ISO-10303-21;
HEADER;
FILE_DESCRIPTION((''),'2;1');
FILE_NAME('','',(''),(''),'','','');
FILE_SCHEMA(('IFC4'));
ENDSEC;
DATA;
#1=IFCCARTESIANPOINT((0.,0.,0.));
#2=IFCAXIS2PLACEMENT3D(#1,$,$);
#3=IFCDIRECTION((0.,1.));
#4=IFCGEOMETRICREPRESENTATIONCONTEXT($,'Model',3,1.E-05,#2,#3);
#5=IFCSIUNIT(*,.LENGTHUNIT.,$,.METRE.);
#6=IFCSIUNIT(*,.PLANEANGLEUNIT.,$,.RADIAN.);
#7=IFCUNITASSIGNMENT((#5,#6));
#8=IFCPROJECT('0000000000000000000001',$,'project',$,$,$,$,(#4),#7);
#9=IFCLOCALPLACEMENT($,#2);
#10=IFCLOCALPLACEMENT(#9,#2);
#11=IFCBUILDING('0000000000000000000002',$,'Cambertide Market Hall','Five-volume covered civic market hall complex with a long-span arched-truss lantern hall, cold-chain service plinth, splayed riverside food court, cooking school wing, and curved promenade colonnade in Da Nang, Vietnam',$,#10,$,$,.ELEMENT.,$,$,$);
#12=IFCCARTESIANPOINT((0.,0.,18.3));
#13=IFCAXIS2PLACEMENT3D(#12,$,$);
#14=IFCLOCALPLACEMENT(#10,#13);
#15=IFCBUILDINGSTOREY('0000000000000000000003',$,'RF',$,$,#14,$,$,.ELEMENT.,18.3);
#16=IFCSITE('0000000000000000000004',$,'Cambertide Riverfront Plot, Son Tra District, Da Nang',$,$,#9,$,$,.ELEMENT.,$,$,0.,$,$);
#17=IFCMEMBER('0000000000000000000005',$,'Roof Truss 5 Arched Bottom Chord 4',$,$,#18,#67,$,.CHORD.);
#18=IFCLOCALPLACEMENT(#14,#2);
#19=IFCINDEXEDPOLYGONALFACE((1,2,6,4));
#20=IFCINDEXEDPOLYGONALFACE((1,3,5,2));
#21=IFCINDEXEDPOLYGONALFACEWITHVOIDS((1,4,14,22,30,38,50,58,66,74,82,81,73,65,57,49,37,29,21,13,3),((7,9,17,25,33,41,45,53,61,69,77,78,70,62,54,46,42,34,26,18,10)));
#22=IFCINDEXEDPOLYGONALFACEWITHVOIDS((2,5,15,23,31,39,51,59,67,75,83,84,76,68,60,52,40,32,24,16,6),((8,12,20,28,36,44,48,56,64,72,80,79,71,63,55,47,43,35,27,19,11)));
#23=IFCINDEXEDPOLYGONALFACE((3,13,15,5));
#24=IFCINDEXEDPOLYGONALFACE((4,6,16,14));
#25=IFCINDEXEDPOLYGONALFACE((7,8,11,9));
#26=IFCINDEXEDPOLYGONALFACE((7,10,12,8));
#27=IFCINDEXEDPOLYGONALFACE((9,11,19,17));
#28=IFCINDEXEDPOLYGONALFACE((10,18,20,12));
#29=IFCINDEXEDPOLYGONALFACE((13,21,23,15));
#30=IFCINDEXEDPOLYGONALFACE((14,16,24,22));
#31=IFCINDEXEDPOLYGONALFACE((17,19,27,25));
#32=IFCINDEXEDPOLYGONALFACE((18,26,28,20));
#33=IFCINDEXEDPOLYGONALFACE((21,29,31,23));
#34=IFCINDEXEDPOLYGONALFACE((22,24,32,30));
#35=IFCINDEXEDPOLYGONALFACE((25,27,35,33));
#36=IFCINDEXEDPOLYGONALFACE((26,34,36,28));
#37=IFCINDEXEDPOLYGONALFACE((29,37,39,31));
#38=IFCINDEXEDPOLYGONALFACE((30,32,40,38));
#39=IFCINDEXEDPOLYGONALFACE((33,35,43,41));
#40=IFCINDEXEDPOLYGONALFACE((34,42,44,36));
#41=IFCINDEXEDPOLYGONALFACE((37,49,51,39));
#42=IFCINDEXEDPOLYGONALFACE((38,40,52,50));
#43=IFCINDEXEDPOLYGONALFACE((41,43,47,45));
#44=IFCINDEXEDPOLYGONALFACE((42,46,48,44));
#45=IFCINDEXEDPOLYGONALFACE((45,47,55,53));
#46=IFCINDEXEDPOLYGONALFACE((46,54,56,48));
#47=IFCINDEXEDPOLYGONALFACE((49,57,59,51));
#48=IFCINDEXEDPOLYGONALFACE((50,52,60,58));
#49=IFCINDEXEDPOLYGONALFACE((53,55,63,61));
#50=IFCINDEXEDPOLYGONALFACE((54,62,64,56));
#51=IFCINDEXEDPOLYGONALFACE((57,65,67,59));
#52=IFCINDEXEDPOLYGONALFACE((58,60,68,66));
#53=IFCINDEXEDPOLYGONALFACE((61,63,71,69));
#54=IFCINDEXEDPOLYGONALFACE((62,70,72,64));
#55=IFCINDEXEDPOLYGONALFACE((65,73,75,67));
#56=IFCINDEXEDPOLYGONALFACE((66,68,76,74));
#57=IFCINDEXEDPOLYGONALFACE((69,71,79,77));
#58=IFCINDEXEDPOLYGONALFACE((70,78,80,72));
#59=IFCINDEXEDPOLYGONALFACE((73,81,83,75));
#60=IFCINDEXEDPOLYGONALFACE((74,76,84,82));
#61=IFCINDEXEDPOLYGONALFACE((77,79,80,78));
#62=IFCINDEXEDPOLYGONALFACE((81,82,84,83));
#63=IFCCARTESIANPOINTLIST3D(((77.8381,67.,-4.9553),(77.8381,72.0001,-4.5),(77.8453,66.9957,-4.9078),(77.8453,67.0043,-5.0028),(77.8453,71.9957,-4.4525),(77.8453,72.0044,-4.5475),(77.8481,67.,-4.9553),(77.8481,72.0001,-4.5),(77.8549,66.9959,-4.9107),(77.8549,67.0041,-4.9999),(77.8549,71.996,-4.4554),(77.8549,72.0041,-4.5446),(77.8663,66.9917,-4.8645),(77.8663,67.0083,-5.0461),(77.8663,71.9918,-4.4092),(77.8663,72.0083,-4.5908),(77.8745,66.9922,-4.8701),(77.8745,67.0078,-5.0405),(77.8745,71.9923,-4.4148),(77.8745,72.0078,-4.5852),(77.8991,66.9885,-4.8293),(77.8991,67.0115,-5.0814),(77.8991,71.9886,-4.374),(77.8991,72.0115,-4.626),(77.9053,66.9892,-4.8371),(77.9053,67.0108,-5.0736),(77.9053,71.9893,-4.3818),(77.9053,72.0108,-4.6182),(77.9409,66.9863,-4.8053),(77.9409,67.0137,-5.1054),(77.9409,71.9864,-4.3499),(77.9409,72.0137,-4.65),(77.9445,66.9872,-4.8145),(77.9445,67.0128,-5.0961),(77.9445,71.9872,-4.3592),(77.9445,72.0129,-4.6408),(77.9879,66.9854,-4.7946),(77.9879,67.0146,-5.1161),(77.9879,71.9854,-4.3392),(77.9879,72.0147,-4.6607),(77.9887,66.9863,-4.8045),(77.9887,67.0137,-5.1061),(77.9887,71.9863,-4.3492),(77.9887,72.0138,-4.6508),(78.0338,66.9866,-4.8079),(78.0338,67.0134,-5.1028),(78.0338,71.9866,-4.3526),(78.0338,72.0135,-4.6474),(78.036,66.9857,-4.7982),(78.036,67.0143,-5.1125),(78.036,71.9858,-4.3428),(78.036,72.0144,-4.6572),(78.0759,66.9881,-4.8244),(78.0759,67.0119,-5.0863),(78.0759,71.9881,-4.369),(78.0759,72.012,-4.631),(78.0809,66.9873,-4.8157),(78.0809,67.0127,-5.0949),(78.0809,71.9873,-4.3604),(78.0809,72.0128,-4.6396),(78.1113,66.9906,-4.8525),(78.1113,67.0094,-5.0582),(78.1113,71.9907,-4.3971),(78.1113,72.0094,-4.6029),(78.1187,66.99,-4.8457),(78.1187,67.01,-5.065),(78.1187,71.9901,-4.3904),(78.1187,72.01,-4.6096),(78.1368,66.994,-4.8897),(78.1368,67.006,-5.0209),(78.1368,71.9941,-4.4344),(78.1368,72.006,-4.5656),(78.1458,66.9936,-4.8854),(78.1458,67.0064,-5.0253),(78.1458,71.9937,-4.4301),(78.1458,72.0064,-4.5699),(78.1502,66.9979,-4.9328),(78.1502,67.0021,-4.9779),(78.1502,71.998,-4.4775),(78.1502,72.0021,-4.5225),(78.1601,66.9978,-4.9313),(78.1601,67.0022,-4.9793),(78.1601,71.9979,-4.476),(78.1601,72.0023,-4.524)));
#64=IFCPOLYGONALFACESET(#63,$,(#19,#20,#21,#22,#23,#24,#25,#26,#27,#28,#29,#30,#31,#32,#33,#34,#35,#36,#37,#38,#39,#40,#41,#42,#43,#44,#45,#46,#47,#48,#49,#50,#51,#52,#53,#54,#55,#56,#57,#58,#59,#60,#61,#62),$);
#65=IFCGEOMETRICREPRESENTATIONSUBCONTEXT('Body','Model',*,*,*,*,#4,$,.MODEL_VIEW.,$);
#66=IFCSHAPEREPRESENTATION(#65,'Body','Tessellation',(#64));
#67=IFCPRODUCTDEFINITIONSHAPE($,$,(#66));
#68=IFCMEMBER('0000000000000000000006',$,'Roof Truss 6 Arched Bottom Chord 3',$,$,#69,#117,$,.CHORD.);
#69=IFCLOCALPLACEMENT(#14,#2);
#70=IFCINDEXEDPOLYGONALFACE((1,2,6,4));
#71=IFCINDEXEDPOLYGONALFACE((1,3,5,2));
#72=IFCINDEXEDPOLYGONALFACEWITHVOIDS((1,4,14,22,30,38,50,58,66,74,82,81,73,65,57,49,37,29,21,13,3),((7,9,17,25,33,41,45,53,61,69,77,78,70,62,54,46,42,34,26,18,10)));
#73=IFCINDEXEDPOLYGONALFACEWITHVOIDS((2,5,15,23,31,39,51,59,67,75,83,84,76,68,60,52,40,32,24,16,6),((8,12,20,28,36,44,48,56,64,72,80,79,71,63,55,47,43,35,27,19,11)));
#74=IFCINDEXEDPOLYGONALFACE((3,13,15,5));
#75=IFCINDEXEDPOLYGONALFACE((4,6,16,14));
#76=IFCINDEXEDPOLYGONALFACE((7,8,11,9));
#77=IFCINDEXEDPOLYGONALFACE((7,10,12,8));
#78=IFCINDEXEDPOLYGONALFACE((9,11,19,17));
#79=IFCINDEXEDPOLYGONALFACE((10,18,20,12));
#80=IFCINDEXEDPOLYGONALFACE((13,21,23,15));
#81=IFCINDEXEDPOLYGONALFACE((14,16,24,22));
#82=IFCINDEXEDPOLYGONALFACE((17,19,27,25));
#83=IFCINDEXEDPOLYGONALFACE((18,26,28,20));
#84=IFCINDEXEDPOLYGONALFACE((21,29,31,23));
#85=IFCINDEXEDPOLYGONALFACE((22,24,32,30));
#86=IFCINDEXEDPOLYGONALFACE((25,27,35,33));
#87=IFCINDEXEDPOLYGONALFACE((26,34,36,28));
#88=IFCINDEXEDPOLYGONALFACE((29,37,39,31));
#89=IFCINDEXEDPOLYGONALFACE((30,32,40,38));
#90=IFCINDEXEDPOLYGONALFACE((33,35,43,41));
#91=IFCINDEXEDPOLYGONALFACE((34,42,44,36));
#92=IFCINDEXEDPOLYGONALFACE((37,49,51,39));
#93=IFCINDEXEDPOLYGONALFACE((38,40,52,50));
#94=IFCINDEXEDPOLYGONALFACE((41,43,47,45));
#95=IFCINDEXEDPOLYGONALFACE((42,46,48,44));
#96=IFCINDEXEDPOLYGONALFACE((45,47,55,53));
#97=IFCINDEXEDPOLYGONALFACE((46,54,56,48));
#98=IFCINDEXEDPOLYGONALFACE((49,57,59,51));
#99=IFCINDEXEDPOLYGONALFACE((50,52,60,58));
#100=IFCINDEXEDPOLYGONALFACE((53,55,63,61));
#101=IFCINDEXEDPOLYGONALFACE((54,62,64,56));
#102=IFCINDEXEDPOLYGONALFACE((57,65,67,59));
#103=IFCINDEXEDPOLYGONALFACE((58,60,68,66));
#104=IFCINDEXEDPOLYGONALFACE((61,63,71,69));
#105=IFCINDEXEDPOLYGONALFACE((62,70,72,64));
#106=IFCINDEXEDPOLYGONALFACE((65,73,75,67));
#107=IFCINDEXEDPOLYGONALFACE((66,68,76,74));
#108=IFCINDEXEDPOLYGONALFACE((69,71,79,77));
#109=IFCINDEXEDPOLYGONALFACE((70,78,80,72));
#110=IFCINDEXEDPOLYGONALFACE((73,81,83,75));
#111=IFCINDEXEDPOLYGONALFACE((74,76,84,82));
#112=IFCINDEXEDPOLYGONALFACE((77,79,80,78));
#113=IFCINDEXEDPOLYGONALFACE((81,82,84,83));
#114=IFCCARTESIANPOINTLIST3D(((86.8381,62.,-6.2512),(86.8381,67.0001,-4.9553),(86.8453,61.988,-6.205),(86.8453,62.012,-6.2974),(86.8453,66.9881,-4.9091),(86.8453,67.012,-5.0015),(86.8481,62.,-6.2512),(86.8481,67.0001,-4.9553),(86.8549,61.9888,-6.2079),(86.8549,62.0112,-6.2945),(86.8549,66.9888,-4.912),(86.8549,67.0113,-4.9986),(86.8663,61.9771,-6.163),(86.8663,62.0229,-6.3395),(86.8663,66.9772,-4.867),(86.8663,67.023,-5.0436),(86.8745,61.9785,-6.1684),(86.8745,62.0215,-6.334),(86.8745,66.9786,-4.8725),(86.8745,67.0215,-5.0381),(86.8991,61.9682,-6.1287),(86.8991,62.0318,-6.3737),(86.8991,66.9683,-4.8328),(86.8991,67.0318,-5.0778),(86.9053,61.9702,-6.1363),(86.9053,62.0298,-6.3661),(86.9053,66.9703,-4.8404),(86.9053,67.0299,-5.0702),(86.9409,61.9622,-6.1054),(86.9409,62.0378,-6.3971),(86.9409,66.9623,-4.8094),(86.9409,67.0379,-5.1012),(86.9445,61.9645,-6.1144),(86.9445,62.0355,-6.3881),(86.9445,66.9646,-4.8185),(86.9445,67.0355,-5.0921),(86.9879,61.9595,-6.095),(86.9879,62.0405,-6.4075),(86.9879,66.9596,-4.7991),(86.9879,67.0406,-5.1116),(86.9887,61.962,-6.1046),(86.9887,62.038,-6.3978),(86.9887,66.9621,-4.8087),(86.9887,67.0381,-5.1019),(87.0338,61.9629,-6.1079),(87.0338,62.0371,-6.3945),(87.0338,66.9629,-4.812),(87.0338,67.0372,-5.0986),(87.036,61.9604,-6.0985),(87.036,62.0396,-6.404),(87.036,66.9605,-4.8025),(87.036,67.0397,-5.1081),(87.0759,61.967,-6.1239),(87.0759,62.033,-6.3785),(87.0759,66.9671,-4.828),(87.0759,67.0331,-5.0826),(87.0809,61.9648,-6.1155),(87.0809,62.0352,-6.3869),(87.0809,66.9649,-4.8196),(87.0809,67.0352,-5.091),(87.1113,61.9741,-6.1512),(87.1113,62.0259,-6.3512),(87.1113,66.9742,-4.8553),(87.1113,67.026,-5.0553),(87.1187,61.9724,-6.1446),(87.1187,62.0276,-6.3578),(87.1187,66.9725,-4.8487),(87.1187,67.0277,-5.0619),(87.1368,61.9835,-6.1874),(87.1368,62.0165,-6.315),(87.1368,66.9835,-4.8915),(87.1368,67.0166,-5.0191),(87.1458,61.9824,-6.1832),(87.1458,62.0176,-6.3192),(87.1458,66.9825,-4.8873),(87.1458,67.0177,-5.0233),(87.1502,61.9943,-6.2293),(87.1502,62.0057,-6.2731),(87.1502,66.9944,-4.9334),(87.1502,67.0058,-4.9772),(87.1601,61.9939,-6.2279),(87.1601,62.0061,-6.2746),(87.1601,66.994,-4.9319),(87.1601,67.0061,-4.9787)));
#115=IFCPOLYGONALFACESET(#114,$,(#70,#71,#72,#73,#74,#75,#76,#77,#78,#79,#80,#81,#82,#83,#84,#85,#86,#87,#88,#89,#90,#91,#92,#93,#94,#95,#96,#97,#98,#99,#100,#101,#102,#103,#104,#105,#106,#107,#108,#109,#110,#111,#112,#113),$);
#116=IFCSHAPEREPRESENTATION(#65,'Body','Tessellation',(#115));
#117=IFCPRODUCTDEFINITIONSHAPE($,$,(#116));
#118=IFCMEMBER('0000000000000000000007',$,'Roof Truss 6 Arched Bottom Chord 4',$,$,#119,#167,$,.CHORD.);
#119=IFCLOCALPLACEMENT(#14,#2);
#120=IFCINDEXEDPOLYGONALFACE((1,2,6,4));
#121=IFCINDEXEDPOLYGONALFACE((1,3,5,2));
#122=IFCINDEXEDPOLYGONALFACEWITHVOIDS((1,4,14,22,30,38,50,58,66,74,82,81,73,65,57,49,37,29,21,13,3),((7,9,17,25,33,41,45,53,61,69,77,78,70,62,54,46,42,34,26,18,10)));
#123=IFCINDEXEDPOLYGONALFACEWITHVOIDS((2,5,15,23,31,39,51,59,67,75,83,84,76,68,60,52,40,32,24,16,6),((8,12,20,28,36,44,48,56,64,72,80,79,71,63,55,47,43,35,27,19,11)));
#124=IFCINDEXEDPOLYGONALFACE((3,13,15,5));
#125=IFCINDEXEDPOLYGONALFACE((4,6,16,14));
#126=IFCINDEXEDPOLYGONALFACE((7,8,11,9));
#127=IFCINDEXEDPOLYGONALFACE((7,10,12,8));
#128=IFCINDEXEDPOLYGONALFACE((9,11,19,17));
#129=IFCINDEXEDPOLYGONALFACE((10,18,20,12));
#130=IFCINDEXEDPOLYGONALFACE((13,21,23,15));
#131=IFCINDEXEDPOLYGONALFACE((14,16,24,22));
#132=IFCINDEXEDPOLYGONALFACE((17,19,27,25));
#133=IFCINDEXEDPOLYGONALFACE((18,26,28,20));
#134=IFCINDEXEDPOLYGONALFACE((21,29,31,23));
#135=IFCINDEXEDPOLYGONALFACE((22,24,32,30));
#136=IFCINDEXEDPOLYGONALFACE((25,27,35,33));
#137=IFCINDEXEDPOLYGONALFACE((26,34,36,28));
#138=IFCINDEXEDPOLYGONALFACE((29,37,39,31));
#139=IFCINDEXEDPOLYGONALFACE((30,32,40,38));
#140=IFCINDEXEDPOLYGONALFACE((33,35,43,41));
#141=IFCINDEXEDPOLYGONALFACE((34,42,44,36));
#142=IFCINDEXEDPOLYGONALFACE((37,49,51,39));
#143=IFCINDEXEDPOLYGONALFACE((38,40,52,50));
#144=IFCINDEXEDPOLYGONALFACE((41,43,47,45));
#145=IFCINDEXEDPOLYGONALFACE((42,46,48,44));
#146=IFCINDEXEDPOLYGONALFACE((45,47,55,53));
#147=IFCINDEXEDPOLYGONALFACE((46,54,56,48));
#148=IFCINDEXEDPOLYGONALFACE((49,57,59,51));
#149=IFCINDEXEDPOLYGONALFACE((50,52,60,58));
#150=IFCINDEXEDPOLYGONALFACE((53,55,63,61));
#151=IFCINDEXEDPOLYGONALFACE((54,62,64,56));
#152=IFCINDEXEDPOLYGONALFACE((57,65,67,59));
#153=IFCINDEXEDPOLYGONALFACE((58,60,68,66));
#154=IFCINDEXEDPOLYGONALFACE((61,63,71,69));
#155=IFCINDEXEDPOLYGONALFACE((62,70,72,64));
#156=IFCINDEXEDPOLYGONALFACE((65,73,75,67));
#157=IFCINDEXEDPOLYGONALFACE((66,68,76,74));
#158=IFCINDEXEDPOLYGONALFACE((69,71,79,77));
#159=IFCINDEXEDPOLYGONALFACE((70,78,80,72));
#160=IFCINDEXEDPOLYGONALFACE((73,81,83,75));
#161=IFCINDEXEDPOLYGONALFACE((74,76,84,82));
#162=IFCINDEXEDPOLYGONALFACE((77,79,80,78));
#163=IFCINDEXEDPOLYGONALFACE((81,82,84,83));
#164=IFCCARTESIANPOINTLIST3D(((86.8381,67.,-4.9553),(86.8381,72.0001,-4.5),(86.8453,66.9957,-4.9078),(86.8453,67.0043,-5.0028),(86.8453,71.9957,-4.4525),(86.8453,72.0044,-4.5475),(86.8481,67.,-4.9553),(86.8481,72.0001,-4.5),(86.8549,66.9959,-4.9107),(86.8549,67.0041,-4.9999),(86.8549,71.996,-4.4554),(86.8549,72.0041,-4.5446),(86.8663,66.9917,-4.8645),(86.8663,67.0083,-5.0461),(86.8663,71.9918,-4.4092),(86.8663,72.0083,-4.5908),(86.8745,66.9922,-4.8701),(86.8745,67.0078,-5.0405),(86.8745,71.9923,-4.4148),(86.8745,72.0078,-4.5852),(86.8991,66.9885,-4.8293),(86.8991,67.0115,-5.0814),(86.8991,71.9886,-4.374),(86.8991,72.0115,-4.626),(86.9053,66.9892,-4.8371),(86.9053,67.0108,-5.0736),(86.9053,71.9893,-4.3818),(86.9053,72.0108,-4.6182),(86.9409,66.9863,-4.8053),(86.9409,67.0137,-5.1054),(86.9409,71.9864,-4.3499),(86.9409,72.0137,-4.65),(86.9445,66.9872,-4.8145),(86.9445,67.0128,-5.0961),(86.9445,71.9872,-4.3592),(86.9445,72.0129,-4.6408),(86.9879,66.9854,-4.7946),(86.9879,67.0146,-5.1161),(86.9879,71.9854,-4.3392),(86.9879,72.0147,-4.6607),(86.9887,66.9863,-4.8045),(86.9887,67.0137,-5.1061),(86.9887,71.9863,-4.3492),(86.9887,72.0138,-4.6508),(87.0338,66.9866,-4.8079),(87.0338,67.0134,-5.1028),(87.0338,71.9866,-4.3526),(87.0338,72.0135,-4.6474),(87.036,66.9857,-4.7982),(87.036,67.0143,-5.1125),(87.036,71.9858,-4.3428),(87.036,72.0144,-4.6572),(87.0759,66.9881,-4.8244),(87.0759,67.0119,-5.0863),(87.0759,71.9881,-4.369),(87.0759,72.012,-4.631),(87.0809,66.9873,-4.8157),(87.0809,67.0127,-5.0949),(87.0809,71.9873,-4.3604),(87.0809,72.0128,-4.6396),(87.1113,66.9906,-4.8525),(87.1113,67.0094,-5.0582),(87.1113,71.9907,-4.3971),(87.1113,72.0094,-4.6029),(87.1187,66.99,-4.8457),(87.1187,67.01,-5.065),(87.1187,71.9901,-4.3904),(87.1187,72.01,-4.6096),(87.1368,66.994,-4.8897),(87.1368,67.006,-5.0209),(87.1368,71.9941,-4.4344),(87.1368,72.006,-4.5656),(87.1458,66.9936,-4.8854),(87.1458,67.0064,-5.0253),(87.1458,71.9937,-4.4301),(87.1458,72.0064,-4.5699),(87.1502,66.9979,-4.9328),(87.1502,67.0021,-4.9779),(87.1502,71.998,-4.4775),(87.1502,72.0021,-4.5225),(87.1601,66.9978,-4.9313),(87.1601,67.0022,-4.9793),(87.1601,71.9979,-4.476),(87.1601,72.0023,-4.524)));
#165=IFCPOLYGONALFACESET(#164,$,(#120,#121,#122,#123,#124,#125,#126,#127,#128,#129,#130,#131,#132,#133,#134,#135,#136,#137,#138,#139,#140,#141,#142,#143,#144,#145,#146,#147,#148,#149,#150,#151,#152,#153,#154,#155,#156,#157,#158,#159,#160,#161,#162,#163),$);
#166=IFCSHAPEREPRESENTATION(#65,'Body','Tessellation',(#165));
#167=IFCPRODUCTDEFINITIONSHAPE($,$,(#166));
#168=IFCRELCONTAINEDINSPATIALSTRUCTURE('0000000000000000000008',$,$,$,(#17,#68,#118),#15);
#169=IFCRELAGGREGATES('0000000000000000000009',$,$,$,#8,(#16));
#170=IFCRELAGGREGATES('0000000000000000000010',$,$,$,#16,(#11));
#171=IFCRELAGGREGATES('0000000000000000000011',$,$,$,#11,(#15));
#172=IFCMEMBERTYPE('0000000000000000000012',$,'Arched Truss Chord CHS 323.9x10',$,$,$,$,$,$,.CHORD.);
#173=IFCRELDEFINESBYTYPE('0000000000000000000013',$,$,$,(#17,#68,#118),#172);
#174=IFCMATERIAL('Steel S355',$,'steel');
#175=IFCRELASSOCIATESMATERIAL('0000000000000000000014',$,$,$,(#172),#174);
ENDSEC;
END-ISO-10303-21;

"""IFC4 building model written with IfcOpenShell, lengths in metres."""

from ifc_helpers import new_model, si_unit, direction, frame, origin, origin_2d, place, context, subcontext, project, spatial, hollow_circle, extrude, material, material_profile, profile_set, type_object, element, save


model = new_model("IFC4")

# Units and contexts
model_context = context("Model", 3, precision=1e-05, world=origin(), true_north=direction((0.0, 1.0)))
body_context = subcontext(model_context, "Body", "Model", "MODEL_VIEW")
ifc_project = project(units=[si_unit("LENGTHUNIT", "METRE"), si_unit("PLANEANGLEUNIT", "RADIAN")], contexts=[model_context])

# Site, building, storey
site_placement = place(None, origin())
site = spatial("IfcSite", under=ifc_project, at=site_placement, Name="Cambertide Riverfront Plot, Son Tra District, Da Nang", CompositionType="ELEMENT", RefElevation=0.0)
building_placement = place(site_placement, origin())
building = spatial("IfcBuilding", under=site, at=building_placement, Name="Cambertide Market Hall", Description="Five-volume covered civic market hall complex with a long-span arched-truss lantern hall, cold-chain service plinth, splayed riverside food court, cooking school wing, and curved promenade colonnade in Da Nang, Vietnam", CompositionType="ELEMENT")
storey_placement = place(building_placement, frame((0.0, 0.0, 18.3)))
storey = spatial("IfcBuildingStorey", under=building, at=storey_placement, Name="RF", CompositionType="ELEMENT", Elevation=18.3)

# Members
ifc_material_1 = material(Name="Steel S355", Category="steel")
ifc_material_profile_1 = material_profile(ifc_material_1, hollow_circle(Radius=0.1619, WallThickness=0.01, at=origin_2d()), Name="CHS 323.9x10")
ifc_profile_set_1 = profile_set([ifc_material_profile_1], Name="Steel S355")
member_type_1 = type_object("IfcMemberType", Name="Arched Truss Chord CHS 323.9x10", PredefinedType="CHORD", material=ifc_profile_set_1)
member_1_placement = place(storey_placement, frame((78.0, 67.0, -4.9553), z_axis=(0.0, 0.995879, 0.090689), x_axis=(-1.0, 0.0, 0.0)))
element("IfcMember", 1, at=member_1_placement, inside=storey, type_object=member_type_1, Name="Roof Truss 5 Arched Bottom Chord 4", PredefinedType="CHORD", context=body_context, shape_type="SweptSolid", body=[
    extrude(hollow_circle(Radius=0.1619, WallThickness=0.01, at=origin_2d()), origin(), (0.0, 0.0, 1.0), 5.0208),
])
member_2_placement = place(storey_placement, frame((87.0, 62.0, -6.2512), z_axis=(0.0, 0.968016, 0.25089), x_axis=(-1.0, 0.0, 0.0)))
element("IfcMember", 2, at=member_2_placement, inside=storey, type_object=member_type_1, Name="Roof Truss 6 Arched Bottom Chord 3", PredefinedType="CHORD", context=body_context, shape_type="SweptSolid", body=[
    extrude(hollow_circle(Radius=0.1619, WallThickness=0.01, at=origin_2d()), origin(), (0.0, 0.0, 1.0), 5.1653),
])
member_3_placement = place(storey_placement, frame((87.0, 67.0, -4.9553), z_axis=(0.0, 0.995879, 0.090689), x_axis=(-1.0, 0.0, 0.0)))
element("IfcMember", 3, at=member_3_placement, inside=storey, type_object=member_type_1, Name="Roof Truss 6 Arched Bottom Chord 4", PredefinedType="CHORD", context=body_context, shape_type="SweptSolid", body=[
    extrude(hollow_circle(Radius=0.1619, WallThickness=0.01, at=origin_2d()), origin(), (0.0, 0.0, 1.0), 5.0208),
])

save(model, "model.ifc")
